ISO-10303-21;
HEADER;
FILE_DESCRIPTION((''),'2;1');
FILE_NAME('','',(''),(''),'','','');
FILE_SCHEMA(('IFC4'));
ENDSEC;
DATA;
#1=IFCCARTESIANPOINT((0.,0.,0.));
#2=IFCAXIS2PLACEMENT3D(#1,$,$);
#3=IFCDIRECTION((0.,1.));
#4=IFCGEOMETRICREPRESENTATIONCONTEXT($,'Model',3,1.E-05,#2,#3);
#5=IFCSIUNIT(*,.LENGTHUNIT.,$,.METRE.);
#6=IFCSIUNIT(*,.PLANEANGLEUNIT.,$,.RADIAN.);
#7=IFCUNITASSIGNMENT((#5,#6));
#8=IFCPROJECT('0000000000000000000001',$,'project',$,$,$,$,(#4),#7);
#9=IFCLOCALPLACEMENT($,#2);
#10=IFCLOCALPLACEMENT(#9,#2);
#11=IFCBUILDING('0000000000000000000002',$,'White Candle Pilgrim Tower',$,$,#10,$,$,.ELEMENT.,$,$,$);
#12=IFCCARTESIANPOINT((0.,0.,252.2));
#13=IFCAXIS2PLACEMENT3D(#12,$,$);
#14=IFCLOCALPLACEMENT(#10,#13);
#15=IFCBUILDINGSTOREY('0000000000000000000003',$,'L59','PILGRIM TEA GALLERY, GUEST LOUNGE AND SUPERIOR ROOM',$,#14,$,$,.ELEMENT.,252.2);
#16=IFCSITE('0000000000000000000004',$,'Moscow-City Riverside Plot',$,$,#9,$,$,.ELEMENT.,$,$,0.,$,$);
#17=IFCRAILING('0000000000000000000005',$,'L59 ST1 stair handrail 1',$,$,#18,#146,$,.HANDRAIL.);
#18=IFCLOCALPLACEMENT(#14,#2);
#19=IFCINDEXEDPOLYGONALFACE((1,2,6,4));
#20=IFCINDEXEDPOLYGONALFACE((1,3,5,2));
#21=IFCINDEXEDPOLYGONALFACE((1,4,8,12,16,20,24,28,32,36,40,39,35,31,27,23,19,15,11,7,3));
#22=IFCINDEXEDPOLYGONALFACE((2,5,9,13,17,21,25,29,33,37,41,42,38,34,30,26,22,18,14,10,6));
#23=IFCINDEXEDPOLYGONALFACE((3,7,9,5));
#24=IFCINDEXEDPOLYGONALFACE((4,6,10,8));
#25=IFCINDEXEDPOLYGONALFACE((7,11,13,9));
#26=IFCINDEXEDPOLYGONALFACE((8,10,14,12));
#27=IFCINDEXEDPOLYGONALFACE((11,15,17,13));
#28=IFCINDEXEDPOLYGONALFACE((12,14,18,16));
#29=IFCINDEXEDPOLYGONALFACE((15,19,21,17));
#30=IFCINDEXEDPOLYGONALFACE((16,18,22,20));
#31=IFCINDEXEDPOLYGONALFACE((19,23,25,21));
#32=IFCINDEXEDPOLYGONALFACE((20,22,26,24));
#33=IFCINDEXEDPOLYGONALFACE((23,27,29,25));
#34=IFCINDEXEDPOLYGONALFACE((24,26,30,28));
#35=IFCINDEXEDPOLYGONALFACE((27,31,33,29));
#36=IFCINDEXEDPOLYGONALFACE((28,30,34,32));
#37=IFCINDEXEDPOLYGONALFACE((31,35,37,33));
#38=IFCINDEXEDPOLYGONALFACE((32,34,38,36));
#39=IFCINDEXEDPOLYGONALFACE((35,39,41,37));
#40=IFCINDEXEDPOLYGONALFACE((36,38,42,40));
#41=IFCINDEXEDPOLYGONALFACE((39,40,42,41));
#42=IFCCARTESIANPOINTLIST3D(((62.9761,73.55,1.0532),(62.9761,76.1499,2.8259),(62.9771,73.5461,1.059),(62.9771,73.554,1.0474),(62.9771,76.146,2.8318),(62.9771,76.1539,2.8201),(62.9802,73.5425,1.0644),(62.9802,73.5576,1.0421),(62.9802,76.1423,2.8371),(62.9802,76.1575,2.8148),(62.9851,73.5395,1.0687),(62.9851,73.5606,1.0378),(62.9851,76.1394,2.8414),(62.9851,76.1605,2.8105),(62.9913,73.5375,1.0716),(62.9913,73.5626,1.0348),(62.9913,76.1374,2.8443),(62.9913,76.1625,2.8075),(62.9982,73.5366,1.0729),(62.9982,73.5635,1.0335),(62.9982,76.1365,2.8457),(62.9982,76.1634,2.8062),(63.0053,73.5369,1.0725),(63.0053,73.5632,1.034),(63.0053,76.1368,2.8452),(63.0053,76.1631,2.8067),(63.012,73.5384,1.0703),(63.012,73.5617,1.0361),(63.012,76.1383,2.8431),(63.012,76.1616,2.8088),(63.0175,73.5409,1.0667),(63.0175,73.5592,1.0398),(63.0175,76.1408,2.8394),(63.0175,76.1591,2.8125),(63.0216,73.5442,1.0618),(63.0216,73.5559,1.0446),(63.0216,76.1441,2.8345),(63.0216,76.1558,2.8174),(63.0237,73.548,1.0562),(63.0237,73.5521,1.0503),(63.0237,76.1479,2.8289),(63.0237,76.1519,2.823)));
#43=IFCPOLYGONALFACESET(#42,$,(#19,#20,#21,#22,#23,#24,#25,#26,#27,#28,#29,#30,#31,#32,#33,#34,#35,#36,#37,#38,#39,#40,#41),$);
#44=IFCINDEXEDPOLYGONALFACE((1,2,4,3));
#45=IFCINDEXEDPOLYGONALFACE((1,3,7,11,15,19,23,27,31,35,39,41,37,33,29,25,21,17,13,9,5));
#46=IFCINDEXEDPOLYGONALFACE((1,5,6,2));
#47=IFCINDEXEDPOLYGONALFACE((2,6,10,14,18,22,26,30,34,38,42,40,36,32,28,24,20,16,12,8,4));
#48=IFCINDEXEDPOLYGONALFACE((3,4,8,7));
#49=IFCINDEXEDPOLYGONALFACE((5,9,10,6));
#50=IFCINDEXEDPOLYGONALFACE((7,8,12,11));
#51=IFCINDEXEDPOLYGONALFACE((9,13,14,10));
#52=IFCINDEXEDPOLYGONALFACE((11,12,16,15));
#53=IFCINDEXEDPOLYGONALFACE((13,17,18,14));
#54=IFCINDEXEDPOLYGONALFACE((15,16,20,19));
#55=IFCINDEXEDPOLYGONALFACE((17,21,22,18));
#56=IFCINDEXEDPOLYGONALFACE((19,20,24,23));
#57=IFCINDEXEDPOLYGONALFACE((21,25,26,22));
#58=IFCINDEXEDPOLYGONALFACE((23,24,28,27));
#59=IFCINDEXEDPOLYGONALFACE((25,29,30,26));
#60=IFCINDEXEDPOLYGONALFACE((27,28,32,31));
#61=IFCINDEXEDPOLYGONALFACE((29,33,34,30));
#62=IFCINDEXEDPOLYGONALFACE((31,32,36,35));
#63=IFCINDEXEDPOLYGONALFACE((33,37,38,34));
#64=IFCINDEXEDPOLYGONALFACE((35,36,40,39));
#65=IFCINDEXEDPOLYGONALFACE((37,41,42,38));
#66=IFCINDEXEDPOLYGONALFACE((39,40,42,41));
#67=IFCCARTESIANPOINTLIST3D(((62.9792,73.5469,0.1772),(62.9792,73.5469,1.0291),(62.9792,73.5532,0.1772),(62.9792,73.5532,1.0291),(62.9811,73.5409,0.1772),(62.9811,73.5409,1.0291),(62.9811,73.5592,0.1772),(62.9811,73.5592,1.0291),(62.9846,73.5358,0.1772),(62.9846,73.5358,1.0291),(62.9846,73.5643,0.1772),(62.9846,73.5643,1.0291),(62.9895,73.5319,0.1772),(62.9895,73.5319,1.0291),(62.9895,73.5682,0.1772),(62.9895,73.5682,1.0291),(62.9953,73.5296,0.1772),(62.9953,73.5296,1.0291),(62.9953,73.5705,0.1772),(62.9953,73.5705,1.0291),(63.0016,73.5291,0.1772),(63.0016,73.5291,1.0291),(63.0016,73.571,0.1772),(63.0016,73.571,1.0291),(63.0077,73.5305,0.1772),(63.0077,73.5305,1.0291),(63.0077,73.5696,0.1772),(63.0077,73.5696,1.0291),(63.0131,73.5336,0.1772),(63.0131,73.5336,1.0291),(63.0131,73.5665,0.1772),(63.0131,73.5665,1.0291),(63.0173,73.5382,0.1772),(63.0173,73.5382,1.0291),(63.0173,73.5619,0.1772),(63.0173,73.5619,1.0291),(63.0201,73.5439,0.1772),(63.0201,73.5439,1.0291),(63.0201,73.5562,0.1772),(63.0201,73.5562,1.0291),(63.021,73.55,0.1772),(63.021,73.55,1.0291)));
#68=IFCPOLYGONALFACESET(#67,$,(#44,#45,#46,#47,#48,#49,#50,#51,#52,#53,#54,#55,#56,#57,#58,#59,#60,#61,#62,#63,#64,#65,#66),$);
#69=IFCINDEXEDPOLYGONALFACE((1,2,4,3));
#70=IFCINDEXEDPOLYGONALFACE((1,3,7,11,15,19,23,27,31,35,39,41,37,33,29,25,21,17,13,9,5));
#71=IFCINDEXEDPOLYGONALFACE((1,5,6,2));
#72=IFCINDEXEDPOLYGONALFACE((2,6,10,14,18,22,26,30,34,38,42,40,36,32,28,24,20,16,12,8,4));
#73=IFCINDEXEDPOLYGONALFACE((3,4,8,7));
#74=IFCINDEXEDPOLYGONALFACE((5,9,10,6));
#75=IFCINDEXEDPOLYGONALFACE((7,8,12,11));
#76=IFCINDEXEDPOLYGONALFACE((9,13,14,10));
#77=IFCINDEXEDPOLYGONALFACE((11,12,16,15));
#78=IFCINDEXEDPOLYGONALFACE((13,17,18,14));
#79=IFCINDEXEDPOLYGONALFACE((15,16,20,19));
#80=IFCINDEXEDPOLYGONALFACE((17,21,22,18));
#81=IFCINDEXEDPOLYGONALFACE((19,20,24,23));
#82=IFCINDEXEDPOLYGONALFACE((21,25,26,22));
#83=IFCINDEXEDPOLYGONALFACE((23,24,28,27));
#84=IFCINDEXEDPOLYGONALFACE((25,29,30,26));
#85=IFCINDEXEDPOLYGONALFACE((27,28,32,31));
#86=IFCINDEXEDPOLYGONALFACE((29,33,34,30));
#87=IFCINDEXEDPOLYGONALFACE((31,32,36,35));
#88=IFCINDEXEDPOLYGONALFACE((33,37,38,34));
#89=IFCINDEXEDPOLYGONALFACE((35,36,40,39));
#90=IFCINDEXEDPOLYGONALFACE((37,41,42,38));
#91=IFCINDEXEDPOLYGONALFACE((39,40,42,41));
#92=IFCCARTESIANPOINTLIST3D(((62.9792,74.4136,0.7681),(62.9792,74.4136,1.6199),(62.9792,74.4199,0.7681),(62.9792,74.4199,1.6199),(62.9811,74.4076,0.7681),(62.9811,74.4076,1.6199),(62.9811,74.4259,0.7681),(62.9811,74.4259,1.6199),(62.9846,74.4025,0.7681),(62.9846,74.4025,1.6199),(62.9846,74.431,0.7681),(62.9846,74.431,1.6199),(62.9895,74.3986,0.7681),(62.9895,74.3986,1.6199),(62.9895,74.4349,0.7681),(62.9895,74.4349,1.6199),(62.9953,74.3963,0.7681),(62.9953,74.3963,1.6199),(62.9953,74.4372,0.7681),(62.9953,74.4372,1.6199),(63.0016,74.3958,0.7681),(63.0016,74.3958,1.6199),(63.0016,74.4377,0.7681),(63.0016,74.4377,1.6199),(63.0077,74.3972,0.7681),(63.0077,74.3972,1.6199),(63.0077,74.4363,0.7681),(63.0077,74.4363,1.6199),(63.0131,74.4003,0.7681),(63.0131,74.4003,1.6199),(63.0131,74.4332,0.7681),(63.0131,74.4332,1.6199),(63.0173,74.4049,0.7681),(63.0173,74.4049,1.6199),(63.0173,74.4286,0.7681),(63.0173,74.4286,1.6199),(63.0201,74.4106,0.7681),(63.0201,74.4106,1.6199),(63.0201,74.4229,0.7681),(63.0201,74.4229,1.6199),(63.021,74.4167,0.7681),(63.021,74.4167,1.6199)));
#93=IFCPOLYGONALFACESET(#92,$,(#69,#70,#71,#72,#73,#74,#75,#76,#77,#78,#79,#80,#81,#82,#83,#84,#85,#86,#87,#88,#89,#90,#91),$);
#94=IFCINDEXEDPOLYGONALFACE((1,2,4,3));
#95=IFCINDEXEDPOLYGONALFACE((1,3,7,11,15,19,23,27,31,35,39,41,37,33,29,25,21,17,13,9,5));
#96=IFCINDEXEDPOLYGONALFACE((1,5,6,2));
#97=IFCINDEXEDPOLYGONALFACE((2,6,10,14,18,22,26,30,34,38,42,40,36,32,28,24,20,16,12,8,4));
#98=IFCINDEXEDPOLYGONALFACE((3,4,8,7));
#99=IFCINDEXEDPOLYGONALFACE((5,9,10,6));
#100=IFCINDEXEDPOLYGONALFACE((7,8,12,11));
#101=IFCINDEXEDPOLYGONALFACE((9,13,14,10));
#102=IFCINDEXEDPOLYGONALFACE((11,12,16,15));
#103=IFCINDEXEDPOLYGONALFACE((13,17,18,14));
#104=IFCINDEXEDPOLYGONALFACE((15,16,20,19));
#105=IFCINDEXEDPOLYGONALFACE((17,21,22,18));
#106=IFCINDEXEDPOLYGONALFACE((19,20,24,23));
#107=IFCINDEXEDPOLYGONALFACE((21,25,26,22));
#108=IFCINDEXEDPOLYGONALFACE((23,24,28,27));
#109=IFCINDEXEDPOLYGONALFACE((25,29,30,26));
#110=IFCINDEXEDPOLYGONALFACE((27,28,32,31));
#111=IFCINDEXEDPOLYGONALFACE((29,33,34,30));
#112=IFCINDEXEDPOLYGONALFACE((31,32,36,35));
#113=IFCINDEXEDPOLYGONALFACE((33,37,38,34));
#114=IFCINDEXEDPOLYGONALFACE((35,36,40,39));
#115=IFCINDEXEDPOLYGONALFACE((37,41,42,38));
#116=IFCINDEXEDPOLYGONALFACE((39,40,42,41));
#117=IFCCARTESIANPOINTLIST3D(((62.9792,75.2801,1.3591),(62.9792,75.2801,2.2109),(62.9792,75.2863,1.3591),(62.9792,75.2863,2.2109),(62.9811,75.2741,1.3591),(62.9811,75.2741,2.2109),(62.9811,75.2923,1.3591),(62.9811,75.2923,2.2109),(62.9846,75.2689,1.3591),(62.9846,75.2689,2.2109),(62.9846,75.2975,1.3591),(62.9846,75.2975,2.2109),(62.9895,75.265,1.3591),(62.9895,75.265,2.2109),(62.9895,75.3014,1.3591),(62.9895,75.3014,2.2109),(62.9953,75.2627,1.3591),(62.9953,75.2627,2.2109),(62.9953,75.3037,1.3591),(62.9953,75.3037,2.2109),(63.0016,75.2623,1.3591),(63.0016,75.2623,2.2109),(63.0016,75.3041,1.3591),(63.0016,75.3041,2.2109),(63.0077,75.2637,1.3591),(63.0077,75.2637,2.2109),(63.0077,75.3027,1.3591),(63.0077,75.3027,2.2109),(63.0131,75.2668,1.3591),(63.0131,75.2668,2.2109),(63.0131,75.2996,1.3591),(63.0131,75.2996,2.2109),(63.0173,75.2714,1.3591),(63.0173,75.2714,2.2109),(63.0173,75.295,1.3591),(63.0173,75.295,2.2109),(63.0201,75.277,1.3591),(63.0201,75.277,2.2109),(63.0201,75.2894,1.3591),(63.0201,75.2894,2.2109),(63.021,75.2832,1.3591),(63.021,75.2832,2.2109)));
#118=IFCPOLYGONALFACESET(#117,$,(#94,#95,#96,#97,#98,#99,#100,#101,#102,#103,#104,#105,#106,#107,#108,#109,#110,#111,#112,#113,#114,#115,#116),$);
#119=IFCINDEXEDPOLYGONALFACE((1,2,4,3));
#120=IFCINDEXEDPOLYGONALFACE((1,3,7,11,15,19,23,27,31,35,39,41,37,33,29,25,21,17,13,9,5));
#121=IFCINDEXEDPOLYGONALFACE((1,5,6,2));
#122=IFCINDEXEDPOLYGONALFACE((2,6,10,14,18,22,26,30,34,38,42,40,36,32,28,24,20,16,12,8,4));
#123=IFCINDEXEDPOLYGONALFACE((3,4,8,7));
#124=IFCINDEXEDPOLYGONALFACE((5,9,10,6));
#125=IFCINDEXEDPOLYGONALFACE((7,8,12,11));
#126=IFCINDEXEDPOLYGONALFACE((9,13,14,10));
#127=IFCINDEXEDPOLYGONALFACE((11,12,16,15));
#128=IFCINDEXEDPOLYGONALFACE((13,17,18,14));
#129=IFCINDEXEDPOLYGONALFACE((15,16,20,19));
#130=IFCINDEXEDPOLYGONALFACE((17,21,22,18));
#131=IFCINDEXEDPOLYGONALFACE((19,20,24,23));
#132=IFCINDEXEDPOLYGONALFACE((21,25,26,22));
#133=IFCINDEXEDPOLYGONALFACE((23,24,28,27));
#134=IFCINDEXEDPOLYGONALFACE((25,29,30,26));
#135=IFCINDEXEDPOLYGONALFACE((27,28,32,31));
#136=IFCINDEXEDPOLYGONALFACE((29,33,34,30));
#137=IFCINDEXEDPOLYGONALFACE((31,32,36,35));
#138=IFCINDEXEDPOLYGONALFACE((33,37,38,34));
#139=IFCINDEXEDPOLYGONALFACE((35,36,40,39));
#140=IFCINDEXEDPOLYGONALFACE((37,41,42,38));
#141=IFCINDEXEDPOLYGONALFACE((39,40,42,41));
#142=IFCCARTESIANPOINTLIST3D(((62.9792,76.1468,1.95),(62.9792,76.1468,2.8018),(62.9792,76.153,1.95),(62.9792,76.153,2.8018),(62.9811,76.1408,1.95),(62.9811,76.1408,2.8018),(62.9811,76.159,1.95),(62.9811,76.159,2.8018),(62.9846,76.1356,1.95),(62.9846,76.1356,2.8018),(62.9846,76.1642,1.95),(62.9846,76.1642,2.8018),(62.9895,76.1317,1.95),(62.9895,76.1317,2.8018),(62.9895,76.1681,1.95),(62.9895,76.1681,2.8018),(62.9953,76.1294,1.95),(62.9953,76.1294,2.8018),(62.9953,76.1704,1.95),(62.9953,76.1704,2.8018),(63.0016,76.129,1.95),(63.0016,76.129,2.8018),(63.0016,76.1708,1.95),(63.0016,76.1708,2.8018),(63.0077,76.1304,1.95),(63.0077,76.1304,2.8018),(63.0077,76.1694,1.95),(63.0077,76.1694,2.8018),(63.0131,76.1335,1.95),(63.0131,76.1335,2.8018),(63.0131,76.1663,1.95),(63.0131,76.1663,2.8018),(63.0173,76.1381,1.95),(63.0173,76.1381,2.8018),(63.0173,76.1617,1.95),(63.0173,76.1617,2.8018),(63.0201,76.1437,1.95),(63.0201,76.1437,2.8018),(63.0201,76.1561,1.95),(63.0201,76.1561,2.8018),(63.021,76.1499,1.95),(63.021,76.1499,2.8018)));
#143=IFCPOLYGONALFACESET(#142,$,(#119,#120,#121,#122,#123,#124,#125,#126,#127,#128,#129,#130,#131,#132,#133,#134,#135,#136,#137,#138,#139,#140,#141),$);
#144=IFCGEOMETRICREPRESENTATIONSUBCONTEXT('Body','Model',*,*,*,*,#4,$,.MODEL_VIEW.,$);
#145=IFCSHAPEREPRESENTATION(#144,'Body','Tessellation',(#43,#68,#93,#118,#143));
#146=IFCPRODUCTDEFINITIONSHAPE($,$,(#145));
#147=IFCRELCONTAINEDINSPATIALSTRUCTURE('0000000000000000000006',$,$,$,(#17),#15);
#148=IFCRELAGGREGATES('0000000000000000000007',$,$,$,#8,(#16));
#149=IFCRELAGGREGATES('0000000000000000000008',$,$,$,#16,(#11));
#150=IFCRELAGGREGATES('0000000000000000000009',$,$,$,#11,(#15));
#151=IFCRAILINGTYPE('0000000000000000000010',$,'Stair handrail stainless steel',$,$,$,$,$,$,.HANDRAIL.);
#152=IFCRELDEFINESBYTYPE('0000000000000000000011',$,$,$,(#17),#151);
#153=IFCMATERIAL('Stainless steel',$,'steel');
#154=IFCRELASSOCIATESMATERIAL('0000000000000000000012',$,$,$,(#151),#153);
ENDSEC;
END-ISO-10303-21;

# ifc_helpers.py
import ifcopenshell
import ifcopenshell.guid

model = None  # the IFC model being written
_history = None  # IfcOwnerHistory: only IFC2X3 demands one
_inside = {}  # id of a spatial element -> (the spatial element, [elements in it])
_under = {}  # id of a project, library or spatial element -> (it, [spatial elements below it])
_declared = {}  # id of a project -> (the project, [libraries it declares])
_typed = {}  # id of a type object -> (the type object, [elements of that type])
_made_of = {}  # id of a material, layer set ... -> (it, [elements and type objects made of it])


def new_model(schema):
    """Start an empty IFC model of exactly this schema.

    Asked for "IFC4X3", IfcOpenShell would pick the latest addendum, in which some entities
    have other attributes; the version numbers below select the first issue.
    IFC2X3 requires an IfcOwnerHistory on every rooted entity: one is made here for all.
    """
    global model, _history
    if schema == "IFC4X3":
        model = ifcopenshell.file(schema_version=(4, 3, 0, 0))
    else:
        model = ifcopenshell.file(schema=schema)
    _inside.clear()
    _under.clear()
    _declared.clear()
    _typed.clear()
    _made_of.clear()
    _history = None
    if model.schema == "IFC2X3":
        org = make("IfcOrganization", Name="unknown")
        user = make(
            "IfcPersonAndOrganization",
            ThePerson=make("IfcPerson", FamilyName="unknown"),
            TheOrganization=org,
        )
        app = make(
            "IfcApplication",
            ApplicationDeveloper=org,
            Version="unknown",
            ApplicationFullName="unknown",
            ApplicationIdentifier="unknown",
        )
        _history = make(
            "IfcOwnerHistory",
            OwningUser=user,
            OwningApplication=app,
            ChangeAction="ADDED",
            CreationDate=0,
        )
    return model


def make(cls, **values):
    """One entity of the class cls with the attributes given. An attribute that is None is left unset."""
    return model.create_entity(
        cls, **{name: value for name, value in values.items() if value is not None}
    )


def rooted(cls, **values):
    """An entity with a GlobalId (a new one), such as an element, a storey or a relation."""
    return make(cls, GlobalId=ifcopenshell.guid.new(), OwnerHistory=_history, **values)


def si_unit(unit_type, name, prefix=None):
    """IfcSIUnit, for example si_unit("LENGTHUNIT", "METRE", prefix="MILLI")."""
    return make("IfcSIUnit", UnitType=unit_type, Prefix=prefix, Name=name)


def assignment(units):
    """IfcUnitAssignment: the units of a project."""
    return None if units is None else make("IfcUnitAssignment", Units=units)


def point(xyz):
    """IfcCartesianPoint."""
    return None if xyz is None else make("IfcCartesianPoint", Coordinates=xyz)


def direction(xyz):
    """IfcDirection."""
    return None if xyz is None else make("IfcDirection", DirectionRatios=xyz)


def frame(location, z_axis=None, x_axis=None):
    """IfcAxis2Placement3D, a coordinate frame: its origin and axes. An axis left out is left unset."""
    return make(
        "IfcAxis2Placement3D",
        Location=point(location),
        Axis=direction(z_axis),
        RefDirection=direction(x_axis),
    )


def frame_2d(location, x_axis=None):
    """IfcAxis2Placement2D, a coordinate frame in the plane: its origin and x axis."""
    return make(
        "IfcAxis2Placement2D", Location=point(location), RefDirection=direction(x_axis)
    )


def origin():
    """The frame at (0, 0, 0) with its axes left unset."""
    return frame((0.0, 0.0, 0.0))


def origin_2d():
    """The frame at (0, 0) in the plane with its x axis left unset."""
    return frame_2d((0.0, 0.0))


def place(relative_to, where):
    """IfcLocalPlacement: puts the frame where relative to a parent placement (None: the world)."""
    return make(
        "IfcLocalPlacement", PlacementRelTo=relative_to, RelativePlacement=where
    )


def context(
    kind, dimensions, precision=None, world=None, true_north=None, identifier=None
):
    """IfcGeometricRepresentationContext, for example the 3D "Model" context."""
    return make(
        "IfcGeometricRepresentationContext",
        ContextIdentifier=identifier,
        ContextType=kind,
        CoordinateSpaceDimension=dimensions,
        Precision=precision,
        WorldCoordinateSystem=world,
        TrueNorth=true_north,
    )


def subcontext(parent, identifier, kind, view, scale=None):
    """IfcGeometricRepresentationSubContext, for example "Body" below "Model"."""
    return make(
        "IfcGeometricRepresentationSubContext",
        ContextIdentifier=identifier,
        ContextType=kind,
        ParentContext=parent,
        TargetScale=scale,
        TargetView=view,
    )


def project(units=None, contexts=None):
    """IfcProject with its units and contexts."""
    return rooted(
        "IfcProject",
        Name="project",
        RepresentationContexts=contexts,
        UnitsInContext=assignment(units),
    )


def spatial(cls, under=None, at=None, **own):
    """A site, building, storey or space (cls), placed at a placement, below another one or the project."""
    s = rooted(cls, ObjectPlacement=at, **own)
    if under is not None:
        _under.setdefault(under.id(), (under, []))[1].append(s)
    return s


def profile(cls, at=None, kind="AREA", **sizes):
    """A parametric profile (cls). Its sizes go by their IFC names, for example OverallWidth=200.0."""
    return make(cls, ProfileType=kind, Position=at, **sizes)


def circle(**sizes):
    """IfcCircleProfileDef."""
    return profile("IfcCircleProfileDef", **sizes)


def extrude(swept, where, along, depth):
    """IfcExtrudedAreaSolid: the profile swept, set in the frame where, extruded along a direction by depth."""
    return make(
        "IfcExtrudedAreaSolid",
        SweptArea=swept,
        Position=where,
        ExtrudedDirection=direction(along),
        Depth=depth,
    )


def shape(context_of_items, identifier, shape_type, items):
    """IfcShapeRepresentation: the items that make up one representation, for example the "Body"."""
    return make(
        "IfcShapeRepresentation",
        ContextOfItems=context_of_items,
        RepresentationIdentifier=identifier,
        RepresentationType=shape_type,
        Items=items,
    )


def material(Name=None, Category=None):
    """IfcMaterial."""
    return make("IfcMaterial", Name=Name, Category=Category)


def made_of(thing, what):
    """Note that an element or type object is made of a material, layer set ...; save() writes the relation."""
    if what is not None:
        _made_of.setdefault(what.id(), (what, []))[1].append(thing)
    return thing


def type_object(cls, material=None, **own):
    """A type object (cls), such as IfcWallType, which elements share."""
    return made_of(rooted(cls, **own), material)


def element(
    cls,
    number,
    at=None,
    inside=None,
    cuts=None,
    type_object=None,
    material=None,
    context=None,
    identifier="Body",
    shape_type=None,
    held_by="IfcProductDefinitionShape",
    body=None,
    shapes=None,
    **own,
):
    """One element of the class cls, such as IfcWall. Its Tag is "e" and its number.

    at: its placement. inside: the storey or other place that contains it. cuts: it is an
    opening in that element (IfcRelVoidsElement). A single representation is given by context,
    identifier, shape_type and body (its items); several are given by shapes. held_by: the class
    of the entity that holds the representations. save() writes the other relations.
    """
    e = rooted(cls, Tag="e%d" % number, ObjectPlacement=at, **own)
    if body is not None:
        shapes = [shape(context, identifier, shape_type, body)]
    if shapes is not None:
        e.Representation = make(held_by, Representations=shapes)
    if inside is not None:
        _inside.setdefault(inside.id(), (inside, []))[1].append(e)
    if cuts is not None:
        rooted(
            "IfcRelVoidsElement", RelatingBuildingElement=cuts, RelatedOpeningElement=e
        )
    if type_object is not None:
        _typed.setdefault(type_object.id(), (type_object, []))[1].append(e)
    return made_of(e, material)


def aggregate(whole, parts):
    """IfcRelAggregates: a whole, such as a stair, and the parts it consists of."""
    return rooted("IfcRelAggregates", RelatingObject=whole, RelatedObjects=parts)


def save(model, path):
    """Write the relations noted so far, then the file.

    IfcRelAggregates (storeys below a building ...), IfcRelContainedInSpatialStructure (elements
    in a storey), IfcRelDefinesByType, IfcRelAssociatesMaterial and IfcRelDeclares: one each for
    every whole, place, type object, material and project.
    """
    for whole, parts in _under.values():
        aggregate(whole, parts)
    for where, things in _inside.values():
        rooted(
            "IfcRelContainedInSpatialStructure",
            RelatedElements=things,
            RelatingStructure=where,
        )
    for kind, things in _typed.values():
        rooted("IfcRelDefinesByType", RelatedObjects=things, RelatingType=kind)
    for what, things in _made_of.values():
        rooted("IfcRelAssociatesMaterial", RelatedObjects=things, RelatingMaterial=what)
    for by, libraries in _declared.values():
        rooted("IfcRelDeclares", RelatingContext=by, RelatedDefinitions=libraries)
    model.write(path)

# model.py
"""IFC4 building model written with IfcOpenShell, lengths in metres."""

from ifc_helpers import new_model, si_unit, direction, frame, origin, origin_2d, place, context, subcontext, project, spatial, circle, extrude, material, type_object, element, save


model = new_model("IFC4")

# Units and contexts
model_context = context("Model", 3, precision=1e-05, world=origin(), true_north=direction((0.0, 1.0)))
body_context = subcontext(model_context, "Body", "Model", "MODEL_VIEW")
ifc_project = project(units=[si_unit("LENGTHUNIT", "METRE"), si_unit("PLANEANGLEUNIT", "RADIAN")], contexts=[model_context])

# Site, building, storey
site_placement = place(None, origin())
site = spatial("IfcSite", under=ifc_project, at=site_placement, Name="Moscow-City Riverside Plot", CompositionType="ELEMENT", RefElevation=0.0)
building_placement = place(site_placement, origin())
building = spatial("IfcBuilding", under=site, at=building_placement, Name="White Candle Pilgrim Tower", CompositionType="ELEMENT")
storey_placement = place(building_placement, frame((0.0, 0.0, 252.2)))
storey = spatial("IfcBuildingStorey", under=building, at=storey_placement, Name="L59", Description="PILGRIM TEA GALLERY, GUEST LOUNGE AND SUPERIOR ROOM", CompositionType="ELEMENT", Elevation=252.2)

# Railing
ifc_material_1 = material(Name="Stainless steel", Category="steel")
railing_type_1 = type_object("IfcRailingType", Name="Stair handrail stainless steel", PredefinedType="HANDRAIL", material=ifc_material_1)
railing_1_placement = place(storey_placement, frame((63.0, 73.55, 0.1772)))
element("IfcRailing", 1, at=railing_1_placement, inside=storey, type_object=railing_type_1, Name="L59 ST1 stair handrail 1", PredefinedType="HANDRAIL", context=body_context, shape_type="SweptSolid", body=[
    extrude(circle(Radius=0.0239, at=origin_2d()), frame((0.0, 0.0, 0.876), z_axis=(0.0, 0.826216, 0.563354), x_axis=(-1.0, 0.0, 0.0)), (0.0, 0.0, 1.0), 3.1467),
    extrude(circle(Radius=0.021, at=origin_2d()), origin(), (0.0, 0.0, 1.0), 0.8518),
    extrude(circle(Radius=0.021, at=origin_2d()), frame((0.0, 0.8667, 0.5908)), (0.0, 0.0, 1.0), 0.8518),
    extrude(circle(Radius=0.021, at=origin_2d()), frame((0.0, 1.7332, 1.1819)), (0.0, 0.0, 1.0), 0.8518),
    extrude(circle(Radius=0.021, at=origin_2d()), frame((0.0, 2.5999, 1.7727)), (0.0, 0.0, 1.0), 0.8518),
])

save(model, "model.ifc")
